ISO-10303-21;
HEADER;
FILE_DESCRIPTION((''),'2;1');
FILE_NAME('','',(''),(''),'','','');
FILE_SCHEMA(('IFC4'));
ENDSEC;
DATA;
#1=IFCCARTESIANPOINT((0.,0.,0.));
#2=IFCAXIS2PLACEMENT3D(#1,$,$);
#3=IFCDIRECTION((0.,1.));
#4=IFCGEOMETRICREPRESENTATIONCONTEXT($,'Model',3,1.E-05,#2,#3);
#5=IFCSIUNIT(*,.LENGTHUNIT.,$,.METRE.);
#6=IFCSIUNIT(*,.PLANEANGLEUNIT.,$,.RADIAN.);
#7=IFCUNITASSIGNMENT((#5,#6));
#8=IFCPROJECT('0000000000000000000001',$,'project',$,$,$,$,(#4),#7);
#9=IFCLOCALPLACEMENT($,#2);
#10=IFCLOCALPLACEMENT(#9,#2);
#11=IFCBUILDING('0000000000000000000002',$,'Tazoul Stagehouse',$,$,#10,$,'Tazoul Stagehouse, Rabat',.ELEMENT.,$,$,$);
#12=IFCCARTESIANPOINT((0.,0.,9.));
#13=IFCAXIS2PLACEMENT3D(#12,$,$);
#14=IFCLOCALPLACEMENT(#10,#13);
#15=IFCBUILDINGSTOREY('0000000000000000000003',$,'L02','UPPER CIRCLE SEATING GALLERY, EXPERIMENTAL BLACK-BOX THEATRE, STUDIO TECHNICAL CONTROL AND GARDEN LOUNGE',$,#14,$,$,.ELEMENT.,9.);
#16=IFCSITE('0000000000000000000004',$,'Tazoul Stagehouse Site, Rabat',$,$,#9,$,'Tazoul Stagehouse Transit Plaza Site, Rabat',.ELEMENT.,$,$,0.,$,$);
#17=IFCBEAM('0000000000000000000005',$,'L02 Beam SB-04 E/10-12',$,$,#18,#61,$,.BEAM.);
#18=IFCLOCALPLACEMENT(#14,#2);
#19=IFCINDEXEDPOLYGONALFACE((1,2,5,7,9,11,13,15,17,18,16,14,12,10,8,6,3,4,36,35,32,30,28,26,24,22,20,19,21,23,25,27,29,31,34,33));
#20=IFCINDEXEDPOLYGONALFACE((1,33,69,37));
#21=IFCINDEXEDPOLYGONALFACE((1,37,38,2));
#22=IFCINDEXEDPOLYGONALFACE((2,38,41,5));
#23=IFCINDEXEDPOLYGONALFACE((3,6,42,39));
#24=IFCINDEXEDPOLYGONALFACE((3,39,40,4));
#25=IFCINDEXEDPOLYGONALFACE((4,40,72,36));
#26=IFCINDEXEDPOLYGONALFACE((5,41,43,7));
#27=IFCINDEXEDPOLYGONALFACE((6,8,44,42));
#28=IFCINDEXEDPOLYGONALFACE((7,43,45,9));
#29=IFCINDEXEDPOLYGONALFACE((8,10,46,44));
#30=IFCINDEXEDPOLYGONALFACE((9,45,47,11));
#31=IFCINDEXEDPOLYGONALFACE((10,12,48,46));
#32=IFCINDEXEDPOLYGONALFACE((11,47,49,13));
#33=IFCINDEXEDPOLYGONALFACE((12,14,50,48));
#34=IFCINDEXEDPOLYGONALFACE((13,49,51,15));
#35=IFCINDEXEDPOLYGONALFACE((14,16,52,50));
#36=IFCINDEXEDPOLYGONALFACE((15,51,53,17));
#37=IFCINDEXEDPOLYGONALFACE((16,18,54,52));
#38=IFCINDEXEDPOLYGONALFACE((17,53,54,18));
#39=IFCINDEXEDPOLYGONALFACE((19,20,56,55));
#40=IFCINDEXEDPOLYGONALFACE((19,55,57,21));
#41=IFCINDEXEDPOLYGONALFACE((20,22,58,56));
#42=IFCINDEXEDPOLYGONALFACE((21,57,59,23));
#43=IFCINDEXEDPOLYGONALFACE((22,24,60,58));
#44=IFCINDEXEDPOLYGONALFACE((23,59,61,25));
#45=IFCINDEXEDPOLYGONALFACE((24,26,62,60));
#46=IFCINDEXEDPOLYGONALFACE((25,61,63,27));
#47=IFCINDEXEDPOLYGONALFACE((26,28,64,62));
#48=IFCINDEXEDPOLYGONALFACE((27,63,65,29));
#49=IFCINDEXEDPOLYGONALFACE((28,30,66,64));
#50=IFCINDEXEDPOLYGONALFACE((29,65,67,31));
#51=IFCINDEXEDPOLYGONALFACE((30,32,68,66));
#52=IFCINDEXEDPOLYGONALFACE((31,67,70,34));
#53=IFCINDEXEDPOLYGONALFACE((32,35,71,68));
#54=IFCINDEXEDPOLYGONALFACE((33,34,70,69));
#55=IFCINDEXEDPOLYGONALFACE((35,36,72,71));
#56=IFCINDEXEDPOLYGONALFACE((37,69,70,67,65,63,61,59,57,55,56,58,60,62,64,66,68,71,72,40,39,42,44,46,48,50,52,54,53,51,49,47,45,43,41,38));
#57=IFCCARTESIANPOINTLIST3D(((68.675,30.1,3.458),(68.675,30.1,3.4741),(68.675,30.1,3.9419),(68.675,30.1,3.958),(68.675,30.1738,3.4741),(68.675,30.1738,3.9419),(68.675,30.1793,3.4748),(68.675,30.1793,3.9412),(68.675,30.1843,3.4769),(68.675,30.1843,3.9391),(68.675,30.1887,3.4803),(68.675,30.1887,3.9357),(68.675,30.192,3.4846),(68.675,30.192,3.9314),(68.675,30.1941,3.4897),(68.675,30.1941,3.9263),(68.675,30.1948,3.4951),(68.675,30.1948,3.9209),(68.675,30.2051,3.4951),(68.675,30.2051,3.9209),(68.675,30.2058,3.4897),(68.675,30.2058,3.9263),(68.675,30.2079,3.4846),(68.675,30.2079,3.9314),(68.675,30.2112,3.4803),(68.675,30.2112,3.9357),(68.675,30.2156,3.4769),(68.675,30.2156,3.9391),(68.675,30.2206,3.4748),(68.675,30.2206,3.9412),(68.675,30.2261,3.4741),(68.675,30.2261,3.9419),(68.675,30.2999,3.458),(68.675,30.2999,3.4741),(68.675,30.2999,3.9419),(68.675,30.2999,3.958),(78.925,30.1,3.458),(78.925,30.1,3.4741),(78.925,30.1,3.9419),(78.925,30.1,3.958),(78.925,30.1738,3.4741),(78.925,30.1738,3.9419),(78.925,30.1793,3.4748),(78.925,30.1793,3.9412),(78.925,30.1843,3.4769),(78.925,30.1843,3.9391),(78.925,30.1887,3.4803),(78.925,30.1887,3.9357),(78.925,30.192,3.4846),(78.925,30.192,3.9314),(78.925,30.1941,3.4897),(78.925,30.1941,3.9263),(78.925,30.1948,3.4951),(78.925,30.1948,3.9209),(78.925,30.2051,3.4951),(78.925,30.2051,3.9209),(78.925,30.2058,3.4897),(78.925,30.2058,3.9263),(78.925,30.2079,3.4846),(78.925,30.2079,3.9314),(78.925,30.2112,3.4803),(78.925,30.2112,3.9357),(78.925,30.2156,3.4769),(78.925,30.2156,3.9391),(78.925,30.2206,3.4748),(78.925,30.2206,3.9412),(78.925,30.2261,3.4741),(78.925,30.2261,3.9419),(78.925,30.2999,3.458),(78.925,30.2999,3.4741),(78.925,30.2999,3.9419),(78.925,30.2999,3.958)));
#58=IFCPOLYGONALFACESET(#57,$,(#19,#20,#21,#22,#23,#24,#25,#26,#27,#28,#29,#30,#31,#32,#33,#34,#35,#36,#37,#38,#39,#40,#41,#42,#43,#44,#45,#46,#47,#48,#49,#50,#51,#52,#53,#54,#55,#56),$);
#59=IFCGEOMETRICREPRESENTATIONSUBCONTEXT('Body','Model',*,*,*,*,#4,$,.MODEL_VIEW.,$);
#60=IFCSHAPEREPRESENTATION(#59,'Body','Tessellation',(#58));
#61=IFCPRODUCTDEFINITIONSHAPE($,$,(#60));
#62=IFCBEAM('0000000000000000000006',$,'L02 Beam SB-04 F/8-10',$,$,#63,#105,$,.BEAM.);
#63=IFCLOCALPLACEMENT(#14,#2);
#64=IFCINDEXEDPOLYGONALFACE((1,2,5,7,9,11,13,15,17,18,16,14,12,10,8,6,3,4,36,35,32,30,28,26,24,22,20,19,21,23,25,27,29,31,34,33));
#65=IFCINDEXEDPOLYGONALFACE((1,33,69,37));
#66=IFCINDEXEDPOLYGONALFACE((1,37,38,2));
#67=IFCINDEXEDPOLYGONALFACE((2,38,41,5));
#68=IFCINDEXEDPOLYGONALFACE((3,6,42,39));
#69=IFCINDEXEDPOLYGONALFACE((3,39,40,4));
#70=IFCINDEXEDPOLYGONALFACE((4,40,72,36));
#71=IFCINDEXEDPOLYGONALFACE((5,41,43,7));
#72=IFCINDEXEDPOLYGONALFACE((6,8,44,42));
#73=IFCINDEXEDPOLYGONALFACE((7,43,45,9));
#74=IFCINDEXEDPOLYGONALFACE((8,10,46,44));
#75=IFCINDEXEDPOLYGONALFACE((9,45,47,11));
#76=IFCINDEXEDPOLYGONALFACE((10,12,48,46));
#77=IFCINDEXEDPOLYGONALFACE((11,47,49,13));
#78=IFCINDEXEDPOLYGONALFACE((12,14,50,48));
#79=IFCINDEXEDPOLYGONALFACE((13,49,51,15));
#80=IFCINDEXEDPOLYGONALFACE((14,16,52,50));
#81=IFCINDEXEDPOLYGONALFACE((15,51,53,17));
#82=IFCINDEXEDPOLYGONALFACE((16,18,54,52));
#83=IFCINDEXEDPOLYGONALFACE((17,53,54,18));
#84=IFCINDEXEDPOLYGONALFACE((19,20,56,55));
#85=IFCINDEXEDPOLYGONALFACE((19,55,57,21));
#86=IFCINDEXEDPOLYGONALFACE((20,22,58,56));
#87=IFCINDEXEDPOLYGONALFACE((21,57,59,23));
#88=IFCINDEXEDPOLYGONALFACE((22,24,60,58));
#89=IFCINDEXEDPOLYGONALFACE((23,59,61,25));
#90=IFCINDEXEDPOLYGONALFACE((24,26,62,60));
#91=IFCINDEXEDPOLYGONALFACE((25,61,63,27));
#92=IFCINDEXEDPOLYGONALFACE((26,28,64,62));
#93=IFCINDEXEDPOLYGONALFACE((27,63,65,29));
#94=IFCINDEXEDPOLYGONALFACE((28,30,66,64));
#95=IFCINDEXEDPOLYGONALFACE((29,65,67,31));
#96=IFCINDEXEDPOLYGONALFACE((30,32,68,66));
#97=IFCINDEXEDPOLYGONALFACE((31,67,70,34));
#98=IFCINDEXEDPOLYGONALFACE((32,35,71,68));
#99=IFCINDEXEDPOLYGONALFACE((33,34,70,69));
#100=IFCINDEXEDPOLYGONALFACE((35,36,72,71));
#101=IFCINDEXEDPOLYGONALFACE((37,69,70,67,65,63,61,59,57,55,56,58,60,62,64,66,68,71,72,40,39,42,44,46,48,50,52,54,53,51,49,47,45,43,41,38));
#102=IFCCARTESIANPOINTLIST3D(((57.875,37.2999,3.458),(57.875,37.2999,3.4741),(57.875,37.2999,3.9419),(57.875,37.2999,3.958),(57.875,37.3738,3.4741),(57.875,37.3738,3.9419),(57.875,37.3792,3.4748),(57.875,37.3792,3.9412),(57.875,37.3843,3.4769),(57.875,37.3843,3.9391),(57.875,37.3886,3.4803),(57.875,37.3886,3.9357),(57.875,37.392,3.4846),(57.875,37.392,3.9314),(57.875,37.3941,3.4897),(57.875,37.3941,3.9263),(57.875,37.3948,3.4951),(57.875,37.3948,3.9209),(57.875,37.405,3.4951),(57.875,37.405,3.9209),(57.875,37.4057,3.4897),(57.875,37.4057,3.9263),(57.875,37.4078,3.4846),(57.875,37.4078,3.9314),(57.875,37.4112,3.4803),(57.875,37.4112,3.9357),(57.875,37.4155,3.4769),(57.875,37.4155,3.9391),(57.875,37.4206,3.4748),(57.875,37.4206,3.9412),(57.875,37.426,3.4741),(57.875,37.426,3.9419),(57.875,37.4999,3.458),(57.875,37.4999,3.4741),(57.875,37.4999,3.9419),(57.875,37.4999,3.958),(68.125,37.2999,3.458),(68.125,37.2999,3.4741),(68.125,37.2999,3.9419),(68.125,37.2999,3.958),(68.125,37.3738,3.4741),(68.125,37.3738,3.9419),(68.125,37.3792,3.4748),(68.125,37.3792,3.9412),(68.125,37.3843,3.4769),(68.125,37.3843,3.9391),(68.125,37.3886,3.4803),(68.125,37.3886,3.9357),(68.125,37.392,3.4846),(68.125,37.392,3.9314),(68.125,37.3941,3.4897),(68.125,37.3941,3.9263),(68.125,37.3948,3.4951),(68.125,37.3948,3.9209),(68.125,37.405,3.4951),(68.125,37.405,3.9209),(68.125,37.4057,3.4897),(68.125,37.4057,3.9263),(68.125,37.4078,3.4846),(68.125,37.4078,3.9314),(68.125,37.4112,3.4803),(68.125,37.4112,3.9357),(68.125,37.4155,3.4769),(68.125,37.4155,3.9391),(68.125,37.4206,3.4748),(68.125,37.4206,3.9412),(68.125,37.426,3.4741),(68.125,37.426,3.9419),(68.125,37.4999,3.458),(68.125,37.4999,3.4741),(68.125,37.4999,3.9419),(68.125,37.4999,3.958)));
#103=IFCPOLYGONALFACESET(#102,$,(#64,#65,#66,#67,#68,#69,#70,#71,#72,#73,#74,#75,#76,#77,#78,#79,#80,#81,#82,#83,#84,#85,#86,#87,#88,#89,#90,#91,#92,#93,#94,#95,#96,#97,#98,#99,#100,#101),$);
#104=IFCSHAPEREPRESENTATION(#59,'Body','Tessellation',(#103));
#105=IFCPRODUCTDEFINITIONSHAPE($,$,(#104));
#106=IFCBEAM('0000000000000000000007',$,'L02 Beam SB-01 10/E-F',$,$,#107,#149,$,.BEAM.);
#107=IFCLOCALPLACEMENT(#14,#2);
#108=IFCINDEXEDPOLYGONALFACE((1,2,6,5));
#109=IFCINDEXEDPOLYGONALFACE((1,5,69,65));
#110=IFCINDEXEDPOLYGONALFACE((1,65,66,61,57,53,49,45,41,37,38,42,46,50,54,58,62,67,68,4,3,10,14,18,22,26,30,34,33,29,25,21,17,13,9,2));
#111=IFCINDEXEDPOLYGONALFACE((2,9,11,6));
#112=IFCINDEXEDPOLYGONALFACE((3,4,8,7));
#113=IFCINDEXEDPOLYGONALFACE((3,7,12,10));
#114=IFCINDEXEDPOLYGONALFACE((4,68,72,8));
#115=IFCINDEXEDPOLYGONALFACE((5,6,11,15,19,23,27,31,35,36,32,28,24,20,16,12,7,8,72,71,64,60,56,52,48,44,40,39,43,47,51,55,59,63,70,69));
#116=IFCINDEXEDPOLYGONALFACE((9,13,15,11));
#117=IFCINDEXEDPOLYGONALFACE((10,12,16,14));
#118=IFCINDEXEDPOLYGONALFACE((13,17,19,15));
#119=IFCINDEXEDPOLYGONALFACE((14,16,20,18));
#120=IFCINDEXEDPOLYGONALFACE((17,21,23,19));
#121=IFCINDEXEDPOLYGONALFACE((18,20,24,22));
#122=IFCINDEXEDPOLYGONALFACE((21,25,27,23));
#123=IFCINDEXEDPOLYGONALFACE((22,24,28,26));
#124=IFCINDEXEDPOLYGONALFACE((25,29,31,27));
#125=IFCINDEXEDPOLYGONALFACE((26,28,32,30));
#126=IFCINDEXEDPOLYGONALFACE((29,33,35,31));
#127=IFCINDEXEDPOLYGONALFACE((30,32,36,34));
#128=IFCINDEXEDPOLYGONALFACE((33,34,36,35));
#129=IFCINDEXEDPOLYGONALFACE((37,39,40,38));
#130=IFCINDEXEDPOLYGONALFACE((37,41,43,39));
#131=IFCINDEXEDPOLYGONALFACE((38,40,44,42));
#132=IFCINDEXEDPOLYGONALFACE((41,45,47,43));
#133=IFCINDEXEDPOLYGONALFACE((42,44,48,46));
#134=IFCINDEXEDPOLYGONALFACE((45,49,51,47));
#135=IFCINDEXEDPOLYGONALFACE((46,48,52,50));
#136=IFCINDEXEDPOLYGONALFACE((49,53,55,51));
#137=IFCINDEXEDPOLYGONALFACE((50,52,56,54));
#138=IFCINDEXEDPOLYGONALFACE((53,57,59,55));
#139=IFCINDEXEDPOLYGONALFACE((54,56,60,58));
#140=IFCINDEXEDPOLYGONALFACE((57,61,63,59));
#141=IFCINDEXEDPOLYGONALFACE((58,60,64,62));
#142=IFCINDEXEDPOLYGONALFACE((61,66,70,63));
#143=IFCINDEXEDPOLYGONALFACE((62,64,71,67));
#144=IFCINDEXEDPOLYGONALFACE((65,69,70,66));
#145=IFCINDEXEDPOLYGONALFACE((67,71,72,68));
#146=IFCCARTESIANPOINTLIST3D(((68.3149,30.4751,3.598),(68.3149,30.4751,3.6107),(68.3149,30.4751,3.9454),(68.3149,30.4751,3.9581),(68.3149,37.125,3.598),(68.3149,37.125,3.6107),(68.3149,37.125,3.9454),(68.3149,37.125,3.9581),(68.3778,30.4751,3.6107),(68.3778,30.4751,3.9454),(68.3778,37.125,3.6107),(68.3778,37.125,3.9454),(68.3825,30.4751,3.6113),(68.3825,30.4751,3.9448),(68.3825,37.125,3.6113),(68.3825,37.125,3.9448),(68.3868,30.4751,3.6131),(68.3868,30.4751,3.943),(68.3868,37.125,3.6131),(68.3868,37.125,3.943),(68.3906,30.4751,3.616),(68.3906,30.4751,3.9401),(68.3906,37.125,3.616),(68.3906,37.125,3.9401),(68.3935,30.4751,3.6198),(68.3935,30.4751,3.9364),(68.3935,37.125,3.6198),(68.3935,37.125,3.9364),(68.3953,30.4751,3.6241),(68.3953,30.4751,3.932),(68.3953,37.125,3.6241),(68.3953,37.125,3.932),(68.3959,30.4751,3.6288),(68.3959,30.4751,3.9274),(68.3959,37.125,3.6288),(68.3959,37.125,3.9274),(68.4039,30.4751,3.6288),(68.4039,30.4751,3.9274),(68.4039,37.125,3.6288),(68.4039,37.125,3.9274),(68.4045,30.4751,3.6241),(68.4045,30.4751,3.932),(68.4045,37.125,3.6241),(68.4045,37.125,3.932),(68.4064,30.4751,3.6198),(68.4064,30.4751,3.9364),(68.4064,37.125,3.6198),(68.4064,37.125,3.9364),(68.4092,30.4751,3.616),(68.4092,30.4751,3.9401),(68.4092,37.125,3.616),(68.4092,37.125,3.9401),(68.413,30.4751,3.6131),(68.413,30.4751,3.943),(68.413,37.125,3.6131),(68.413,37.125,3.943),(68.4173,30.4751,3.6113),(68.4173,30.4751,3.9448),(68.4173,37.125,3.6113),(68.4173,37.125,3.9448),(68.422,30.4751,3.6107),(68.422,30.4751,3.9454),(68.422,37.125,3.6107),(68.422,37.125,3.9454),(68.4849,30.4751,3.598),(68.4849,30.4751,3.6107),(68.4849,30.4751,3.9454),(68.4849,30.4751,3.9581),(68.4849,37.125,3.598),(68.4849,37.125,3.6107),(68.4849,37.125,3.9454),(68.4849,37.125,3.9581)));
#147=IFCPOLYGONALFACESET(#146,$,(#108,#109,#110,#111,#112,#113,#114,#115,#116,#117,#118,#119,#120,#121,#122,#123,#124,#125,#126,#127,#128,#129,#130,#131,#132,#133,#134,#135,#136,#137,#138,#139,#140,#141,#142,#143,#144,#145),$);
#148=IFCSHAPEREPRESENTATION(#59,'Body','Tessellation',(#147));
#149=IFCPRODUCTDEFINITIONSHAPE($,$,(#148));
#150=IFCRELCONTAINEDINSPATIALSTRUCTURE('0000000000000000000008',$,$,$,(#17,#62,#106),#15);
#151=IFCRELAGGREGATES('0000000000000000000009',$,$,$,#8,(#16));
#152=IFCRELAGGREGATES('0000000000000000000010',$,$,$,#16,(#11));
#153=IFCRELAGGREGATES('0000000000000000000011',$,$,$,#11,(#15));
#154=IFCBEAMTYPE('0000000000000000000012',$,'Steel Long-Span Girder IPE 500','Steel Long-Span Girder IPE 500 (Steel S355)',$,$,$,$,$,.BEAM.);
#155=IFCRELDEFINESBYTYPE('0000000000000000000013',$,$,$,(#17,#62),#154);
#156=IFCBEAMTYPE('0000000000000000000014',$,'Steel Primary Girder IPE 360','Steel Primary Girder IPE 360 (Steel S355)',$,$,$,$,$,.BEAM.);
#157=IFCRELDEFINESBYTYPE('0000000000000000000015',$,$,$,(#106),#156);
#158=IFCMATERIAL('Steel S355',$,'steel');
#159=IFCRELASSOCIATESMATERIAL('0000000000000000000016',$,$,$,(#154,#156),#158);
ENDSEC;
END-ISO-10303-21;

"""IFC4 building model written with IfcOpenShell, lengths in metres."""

from ifc_helpers import new_model, si_unit, direction, frame, origin, origin_2d, place, context, subcontext, project, spatial, i_section, extrude, material, material_profile, profile_set, type_object, element, save


model = new_model("IFC4")

# Units and contexts
model_context = context("Model", 3, precision=1e-05, world=origin(), true_north=direction((0.0, 1.0)))
body_context = subcontext(model_context, "Body", "Model", "MODEL_VIEW")
ifc_project = project(units=[si_unit("LENGTHUNIT", "METRE"), si_unit("PLANEANGLEUNIT", "RADIAN")], contexts=[model_context])

# Site, building, storey
site_placement = place(None, origin())
site = spatial("IfcSite", under=ifc_project, at=site_placement, Name="Tazoul Stagehouse Site, Rabat", LongName="Tazoul Stagehouse Transit Plaza Site, Rabat", CompositionType="ELEMENT", RefElevation=0.0)
building_placement = place(site_placement, origin())
building = spatial("IfcBuilding", under=site, at=building_placement, Name="Tazoul Stagehouse", LongName="Tazoul Stagehouse, Rabat", CompositionType="ELEMENT")
storey_placement = place(building_placement, frame((0.0, 0.0, 9.0)))
storey = spatial("IfcBuildingStorey", under=building, at=storey_placement, Name="L02", Description="UPPER CIRCLE SEATING GALLERY, EXPERIMENTAL BLACK-BOX THEATRE, STUDIO TECHNICAL CONTROL AND GARDEN LOUNGE", CompositionType="ELEMENT", Elevation=9.0)

# Beams
ifc_material_1 = material(Name="Steel S355", Category="steel")
ifc_material_profile_1 = material_profile(ifc_material_1, i_section(OverallWidth=0.2, OverallDepth=0.5, WebThickness=0.0103, FlangeThickness=0.0161, FilletRadius=0.021, at=origin_2d()), Name="IPE 500")
ifc_profile_set_1 = profile_set([ifc_material_profile_1], Name="Steel S355")
beam_type_1 = type_object("IfcBeamType", Name="Steel Long-Span Girder IPE 500", Description="Steel Long-Span Girder IPE 500 (Steel S355)", PredefinedType="BEAM", material=ifc_profile_set_1)
for number, where, z_axis, x_axis, name in (
    (1, (68.675, 30.2, 3.708), (1.0, 0.0, 0.0), (0.0, 1.0, 0.0), "L02 Beam SB-04 E/10-12"),
    (2, (57.875, 37.3999, 3.708), (1.0, 0.0, 0.0), (0.0, 1.0, 0.0), "L02 Beam SB-04 F/8-10"),
):
    element("IfcBeam", number, at=place(storey_placement, frame(where, z_axis=z_axis, x_axis=x_axis)), inside=storey, type_object=beam_type_1, Name=name, PredefinedType="BEAM", context=body_context, shape_type="SweptSolid", body=[
        extrude(i_section(OverallWidth=0.2, OverallDepth=0.5, WebThickness=0.0103, FlangeThickness=0.0161, FilletRadius=0.021, at=origin_2d()), origin(), (0.0, 0.0, 1.0), 10.25),
    ])
ifc_material_profile_2 = material_profile(ifc_material_1, i_section(OverallWidth=0.1699, OverallDepth=0.3601, WebThickness=0.0081, FlangeThickness=0.0127, FilletRadius=0.0181, at=origin_2d()), Name="IPE 360")
ifc_profile_set_2 = profile_set([ifc_material_profile_2], Name="Steel S355")
beam_type_2 = type_object("IfcBeamType", Name="Steel Primary Girder IPE 360", Description="Steel Primary Girder IPE 360 (Steel S355)", PredefinedType="BEAM", material=ifc_profile_set_2)
beam_1_placement = place(storey_placement, frame((68.3999, 30.4751, 3.7781), z_axis=(0.0, 1.0, 0.0), x_axis=(-1.0, 0.0, 0.0)))
element("IfcBeam", 3, at=beam_1_placement, inside=storey, type_object=beam_type_2, Name="L02 Beam SB-01 10/E-F", PredefinedType="BEAM", context=body_context, shape_type="SweptSolid", body=[
    extrude(i_section(OverallWidth=0.1699, OverallDepth=0.3601, WebThickness=0.0081, FlangeThickness=0.0127, FilletRadius=0.0181, at=origin_2d()), origin(), (0.0, 0.0, 1.0), 6.6499),
])

save(model, "model.ifc")
